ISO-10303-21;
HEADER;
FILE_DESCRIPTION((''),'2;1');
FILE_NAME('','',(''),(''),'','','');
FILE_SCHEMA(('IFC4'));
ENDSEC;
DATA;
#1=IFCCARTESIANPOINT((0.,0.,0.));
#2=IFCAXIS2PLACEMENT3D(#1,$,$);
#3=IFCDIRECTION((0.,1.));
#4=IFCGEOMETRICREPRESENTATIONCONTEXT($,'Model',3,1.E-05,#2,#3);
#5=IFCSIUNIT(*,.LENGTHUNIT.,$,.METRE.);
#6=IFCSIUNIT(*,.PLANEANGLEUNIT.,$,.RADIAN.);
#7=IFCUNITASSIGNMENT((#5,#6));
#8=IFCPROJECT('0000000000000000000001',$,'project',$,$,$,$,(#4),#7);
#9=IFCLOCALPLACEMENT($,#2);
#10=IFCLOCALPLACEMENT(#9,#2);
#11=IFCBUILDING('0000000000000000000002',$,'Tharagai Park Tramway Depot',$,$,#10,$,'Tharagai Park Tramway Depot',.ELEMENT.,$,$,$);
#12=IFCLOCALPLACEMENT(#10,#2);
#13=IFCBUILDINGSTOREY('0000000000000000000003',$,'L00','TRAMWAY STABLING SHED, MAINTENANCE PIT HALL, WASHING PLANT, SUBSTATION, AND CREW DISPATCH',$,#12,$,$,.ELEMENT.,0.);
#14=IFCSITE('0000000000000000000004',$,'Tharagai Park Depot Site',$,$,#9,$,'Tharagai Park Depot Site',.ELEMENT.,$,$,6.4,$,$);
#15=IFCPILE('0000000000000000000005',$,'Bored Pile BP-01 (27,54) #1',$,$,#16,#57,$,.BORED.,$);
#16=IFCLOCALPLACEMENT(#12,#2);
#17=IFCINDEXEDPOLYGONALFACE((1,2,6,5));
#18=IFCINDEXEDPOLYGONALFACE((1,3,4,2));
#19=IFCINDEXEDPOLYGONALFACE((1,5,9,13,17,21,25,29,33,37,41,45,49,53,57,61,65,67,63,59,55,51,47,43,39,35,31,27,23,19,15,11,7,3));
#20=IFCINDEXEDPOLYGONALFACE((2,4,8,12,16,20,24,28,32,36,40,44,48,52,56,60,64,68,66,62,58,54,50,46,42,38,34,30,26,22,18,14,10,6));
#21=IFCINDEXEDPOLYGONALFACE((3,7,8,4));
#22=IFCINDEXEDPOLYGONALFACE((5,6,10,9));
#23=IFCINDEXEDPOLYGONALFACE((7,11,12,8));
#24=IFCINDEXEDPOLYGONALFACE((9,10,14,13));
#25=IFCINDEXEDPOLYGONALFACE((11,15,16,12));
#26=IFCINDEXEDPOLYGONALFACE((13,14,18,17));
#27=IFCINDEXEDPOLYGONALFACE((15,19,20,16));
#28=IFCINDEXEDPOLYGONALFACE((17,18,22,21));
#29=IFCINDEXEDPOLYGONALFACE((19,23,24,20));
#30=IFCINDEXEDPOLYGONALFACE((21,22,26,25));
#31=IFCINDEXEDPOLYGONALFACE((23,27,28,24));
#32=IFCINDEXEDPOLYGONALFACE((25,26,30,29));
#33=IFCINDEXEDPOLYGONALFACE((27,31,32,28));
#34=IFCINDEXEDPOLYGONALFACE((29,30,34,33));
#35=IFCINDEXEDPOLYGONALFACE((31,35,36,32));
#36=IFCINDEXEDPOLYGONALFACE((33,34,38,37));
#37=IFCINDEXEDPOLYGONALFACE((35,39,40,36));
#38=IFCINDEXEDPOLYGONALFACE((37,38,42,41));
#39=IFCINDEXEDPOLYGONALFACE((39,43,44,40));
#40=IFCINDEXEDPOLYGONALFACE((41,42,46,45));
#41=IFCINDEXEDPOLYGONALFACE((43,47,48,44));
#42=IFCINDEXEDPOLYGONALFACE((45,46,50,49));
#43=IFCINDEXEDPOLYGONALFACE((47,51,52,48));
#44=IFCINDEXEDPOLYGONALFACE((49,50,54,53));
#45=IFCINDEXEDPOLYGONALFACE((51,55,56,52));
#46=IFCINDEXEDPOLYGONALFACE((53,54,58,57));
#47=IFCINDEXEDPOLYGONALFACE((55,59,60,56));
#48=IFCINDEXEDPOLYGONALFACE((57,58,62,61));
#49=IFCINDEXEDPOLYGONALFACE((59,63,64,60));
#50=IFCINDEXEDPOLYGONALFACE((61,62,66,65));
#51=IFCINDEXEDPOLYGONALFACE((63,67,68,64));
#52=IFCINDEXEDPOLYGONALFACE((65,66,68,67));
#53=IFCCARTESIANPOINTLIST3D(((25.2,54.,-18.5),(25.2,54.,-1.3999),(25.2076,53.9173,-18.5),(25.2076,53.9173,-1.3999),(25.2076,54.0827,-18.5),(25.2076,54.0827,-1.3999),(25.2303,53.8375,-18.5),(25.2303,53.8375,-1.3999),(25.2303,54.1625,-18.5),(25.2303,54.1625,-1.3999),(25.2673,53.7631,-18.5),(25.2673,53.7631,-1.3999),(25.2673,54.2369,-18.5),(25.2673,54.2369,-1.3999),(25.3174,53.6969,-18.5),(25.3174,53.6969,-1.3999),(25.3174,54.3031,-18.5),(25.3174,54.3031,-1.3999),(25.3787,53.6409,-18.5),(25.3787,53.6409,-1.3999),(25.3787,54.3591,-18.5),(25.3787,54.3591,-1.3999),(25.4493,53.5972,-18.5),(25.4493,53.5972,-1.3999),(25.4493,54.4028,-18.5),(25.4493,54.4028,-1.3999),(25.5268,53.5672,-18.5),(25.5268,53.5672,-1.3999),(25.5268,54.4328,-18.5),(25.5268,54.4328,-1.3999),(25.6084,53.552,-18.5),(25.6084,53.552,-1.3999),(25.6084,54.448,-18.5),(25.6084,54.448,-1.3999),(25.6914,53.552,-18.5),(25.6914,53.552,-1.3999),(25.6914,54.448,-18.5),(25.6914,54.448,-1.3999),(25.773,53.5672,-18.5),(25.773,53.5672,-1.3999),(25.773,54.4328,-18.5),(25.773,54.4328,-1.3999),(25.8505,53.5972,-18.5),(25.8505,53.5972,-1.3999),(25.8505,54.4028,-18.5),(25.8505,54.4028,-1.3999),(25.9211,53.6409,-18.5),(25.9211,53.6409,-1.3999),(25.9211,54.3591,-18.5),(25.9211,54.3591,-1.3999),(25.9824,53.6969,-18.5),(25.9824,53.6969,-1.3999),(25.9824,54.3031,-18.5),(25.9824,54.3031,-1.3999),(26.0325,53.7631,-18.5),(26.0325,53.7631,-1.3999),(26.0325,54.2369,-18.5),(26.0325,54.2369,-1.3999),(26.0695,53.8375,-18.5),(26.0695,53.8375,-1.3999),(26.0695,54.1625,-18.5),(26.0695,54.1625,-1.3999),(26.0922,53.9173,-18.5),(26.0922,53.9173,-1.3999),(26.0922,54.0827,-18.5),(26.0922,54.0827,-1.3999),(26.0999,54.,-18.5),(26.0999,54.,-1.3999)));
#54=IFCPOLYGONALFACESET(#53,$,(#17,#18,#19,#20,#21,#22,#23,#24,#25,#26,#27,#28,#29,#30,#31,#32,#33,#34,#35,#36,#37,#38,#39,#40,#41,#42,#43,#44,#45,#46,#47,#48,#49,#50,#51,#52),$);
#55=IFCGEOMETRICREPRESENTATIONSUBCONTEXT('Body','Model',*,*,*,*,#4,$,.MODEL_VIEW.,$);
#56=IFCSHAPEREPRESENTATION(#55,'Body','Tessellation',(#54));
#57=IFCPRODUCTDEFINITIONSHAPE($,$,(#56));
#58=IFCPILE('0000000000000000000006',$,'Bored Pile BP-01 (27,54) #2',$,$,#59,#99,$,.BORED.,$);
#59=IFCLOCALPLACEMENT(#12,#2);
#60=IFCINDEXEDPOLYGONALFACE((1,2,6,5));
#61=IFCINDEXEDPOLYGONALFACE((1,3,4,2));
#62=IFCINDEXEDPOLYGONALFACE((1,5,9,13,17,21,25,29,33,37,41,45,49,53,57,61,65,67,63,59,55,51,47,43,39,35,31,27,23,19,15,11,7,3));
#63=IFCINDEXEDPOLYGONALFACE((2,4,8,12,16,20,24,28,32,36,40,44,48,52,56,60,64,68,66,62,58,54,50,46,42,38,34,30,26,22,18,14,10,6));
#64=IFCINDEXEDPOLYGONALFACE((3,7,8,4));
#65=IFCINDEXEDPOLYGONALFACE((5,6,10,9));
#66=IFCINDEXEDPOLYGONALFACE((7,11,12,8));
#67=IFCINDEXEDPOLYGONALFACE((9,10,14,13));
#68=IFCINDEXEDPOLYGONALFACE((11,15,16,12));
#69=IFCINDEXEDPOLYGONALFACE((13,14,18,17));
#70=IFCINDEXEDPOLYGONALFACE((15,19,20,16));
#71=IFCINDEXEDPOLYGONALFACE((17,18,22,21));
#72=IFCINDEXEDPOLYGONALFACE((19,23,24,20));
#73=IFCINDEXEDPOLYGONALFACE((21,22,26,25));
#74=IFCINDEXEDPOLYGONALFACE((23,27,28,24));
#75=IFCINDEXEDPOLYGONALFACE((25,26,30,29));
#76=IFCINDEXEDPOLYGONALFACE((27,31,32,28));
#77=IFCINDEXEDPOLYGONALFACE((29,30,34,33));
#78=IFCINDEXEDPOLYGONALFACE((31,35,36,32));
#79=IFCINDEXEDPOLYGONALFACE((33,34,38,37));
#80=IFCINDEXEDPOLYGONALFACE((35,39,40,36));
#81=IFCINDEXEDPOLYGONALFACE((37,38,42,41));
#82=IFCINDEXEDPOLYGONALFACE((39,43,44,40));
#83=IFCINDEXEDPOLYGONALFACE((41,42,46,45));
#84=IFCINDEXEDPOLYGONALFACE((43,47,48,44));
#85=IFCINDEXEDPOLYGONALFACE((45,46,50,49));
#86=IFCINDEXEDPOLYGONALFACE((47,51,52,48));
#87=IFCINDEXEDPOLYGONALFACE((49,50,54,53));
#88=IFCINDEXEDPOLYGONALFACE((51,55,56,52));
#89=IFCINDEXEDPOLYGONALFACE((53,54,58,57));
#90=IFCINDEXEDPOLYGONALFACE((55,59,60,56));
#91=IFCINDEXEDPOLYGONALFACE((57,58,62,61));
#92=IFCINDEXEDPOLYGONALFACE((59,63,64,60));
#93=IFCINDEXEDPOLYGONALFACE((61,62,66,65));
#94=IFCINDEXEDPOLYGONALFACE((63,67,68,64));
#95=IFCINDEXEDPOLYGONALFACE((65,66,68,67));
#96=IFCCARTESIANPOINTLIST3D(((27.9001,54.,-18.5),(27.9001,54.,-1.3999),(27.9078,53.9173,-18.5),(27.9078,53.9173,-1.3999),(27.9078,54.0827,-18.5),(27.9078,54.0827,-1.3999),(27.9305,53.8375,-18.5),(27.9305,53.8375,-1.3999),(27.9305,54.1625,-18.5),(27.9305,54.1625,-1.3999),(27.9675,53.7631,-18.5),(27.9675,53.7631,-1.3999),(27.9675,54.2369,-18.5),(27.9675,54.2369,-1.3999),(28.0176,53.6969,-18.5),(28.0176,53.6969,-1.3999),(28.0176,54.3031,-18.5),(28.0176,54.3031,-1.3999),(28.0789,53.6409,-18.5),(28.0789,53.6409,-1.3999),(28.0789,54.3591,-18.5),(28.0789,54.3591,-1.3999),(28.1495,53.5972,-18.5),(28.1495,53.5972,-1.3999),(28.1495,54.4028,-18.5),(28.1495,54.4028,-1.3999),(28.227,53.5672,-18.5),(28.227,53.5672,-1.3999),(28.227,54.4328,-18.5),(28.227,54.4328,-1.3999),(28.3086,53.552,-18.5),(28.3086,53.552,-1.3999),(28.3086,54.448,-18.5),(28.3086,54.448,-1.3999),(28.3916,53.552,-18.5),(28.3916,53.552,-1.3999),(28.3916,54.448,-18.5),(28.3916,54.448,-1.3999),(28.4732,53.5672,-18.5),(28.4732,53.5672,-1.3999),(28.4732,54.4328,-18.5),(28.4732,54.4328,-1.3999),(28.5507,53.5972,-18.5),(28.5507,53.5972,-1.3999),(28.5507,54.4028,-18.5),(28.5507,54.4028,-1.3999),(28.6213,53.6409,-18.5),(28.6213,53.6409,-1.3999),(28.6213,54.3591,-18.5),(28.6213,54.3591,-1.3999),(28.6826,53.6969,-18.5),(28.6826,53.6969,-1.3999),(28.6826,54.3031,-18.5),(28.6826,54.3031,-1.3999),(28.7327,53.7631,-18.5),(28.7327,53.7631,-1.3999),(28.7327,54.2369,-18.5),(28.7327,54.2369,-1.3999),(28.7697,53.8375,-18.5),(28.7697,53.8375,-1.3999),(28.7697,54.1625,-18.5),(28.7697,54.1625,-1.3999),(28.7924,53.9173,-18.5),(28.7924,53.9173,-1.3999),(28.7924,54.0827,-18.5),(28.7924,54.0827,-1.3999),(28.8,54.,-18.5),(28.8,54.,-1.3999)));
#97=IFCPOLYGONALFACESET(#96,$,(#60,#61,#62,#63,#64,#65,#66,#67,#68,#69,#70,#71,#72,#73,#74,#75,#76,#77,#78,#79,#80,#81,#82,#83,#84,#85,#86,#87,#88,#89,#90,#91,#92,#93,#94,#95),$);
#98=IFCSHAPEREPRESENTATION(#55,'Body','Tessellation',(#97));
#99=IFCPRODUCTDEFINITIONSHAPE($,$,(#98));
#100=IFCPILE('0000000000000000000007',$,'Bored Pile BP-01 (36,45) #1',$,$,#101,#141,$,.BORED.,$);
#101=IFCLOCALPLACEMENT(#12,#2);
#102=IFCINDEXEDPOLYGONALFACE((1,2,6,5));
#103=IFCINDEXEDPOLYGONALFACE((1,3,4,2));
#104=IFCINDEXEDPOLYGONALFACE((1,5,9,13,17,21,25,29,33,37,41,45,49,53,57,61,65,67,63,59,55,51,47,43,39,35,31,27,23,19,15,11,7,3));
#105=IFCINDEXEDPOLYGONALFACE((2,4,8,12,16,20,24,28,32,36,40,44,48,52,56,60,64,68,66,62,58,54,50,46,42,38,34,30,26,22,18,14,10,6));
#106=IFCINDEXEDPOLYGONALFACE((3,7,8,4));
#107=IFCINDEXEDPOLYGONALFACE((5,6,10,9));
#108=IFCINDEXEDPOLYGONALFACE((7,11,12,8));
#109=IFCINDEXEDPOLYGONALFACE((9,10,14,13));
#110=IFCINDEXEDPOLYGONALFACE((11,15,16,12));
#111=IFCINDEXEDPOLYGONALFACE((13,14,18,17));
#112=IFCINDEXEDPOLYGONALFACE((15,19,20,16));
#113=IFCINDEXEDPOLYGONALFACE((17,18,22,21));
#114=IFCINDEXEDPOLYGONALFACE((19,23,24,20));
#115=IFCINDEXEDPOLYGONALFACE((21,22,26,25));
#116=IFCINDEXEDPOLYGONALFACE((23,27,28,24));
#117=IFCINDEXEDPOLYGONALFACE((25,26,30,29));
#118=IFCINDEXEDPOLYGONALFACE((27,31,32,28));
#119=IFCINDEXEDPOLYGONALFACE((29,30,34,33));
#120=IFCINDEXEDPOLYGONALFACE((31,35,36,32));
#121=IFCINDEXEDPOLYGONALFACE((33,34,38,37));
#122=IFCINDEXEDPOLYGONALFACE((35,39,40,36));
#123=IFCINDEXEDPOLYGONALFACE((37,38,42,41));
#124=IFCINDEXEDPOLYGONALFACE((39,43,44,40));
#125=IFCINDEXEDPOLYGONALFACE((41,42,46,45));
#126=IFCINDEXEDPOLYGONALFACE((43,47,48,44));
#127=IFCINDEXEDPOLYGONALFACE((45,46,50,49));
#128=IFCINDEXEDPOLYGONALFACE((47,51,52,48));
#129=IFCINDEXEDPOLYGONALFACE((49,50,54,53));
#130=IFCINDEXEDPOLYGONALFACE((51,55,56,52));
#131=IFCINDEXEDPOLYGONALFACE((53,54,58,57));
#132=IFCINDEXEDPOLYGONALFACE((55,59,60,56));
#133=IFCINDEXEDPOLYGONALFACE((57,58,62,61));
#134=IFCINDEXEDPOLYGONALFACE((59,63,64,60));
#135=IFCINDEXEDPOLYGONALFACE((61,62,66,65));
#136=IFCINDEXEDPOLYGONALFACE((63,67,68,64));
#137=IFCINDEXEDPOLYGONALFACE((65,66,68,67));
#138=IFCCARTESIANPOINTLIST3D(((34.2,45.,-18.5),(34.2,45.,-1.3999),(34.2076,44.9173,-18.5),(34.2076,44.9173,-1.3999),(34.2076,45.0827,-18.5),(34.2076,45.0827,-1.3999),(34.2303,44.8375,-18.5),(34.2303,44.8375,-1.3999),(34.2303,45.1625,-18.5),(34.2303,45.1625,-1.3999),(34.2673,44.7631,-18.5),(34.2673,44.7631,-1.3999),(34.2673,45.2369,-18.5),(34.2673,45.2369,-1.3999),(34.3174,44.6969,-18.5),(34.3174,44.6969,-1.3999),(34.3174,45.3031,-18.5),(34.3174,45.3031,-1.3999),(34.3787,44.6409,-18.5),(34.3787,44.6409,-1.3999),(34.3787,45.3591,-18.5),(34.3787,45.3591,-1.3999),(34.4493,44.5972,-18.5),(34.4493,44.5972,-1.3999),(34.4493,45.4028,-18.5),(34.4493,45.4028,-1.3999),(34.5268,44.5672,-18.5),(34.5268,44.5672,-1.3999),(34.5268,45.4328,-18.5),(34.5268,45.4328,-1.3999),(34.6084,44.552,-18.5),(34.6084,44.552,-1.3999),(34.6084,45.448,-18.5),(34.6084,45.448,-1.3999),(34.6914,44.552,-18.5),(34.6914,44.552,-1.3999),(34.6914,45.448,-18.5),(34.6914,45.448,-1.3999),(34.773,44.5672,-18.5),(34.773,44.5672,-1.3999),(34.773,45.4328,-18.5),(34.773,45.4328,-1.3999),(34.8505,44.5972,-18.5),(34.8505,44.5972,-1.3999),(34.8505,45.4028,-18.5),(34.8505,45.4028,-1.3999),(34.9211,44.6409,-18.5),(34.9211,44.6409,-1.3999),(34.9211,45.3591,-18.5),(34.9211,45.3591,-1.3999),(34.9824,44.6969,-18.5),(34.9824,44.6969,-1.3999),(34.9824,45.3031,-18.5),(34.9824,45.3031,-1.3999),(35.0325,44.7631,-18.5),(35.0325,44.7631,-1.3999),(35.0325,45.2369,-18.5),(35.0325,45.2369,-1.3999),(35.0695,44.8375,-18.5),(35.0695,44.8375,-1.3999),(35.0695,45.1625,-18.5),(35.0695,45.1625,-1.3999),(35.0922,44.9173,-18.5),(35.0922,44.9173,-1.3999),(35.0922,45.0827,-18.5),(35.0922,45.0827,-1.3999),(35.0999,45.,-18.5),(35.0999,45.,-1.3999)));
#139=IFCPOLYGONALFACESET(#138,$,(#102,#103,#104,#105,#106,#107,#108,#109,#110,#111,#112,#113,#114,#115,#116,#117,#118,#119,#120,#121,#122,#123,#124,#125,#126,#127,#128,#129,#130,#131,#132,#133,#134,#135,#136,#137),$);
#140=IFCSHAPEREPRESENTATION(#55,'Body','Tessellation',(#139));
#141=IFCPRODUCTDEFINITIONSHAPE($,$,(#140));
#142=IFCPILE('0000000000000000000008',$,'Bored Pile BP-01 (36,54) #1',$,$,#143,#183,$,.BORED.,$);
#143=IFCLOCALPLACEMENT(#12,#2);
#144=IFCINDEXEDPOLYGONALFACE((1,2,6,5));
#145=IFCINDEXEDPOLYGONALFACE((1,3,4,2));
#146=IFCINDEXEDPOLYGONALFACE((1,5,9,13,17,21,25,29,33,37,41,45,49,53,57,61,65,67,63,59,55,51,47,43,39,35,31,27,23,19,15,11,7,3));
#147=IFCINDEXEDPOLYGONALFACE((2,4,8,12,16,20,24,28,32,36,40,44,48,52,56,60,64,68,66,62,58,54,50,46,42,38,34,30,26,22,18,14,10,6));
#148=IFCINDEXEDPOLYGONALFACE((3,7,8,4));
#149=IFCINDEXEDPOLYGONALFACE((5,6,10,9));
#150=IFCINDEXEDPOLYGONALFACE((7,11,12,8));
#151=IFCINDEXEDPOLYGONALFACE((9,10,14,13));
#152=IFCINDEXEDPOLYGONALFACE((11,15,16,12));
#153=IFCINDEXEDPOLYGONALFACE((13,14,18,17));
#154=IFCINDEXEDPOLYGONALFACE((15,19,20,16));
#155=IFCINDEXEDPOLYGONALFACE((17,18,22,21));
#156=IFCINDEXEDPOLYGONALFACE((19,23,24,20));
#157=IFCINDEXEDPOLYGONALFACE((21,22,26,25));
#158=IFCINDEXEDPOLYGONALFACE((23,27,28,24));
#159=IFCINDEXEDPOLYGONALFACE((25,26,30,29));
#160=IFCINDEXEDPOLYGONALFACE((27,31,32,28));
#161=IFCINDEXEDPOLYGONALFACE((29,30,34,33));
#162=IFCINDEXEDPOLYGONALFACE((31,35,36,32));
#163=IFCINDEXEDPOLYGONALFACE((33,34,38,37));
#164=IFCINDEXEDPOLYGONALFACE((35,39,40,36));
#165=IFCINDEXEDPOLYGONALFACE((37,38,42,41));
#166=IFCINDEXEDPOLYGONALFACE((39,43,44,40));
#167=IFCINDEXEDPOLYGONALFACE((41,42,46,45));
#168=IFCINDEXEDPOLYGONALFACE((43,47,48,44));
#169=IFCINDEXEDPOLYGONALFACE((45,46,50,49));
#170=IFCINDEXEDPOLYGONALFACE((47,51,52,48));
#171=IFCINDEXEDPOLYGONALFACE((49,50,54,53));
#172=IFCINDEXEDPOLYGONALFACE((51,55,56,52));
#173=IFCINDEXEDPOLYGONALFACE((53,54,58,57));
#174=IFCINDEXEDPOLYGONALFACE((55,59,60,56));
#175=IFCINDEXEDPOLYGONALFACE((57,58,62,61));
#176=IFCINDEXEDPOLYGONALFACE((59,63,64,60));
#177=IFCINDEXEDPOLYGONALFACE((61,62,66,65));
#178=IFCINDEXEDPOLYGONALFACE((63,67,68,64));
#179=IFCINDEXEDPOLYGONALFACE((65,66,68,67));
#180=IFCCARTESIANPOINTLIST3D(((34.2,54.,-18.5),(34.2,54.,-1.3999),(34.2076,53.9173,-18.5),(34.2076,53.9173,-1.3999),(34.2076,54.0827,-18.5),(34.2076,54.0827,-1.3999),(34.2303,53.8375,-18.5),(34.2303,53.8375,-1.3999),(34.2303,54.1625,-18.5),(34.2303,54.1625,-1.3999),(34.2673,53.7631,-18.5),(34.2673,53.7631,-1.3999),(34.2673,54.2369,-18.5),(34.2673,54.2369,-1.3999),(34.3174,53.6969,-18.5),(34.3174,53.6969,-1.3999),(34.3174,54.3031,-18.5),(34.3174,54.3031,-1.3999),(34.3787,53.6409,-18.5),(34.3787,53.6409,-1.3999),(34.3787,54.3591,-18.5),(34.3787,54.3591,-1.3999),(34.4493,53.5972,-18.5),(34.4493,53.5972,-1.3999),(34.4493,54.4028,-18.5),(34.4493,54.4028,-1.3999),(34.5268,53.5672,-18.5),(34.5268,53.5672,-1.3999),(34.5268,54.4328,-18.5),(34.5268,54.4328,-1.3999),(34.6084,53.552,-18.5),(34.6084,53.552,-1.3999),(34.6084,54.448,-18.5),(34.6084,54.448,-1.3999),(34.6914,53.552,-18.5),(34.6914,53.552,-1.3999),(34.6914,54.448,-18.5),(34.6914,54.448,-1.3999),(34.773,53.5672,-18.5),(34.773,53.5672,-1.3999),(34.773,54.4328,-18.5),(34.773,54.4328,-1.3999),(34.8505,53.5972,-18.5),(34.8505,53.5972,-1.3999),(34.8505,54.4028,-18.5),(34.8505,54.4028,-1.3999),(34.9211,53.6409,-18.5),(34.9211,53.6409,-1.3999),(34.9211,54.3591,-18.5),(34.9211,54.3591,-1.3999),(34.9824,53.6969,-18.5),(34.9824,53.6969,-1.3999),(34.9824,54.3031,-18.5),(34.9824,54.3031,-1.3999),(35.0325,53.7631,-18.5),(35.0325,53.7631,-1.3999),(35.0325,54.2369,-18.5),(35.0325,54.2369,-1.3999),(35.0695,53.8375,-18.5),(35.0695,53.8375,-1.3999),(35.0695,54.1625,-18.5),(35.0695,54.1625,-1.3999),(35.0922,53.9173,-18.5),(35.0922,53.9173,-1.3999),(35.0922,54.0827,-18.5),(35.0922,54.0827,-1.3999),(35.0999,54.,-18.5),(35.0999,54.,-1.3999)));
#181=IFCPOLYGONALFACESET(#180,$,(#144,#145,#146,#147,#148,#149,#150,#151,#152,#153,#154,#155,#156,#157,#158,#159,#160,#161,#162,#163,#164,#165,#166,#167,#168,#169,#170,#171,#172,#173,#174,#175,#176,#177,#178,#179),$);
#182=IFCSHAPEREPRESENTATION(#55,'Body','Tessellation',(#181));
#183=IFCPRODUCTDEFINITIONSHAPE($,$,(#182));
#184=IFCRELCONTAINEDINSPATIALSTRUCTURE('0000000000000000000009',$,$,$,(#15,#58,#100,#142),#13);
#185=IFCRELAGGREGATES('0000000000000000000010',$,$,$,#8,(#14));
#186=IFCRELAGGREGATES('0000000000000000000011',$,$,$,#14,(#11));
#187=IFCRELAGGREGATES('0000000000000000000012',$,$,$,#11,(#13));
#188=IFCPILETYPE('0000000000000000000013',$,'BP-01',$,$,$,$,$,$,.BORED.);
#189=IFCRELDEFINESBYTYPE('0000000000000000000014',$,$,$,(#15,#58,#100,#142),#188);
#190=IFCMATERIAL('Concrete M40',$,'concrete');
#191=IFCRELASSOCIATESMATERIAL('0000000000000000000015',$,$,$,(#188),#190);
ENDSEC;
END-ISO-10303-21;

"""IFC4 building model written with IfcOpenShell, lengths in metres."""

from ifc_helpers import new_model, si_unit, direction, frame, origin, origin_2d, place, context, subcontext, project, spatial, circle, extrude, material, material_profile, profile_set, type_object, element, save


model = new_model("IFC4")

# Units and contexts
model_context = context("Model", 3, precision=1e-05, world=origin(), true_north=direction((0.0, 1.0)))
body_context = subcontext(model_context, "Body", "Model", "MODEL_VIEW")
ifc_project = project(units=[si_unit("LENGTHUNIT", "METRE"), si_unit("PLANEANGLEUNIT", "RADIAN")], contexts=[model_context])

# Site, building, storey
site_placement = place(None, origin())
site = spatial("IfcSite", under=ifc_project, at=site_placement, Name="Tharagai Park Depot Site", LongName="Tharagai Park Depot Site", CompositionType="ELEMENT", RefElevation=6.4)
building_placement = place(site_placement, origin())
building = spatial("IfcBuilding", under=site, at=building_placement, Name="Tharagai Park Tramway Depot", LongName="Tharagai Park Tramway Depot", CompositionType="ELEMENT")
storey_placement = place(building_placement, origin())
storey = spatial("IfcBuildingStorey", under=building, at=storey_placement, Name="L00", Description="TRAMWAY STABLING SHED, MAINTENANCE PIT HALL, WASHING PLANT, SUBSTATION, AND CREW DISPATCH", CompositionType="ELEMENT", Elevation=0.0)

# Piles
ifc_material_1 = material(Name="Concrete M40", Category="concrete")
ifc_material_profile_1 = material_profile(ifc_material_1, circle(Radius=0.45, at=origin_2d()), Name="PILE D900")
ifc_profile_set_1 = profile_set([ifc_material_profile_1], Name="Concrete M40")
pile_type_1 = type_object("IfcPileType", Name="BP-01", PredefinedType="BORED", material=ifc_profile_set_1)
for number, where, z_axis, x_axis, name in (
    (1, (25.6499, 54.0, -1.3999), (0.0, 0.0, -1.0), (1.0, 0.0, 0.0), "Bored Pile BP-01 (27,54) #1"),
    (2, (28.3501, 54.0, -1.3999), (0.0, 0.0, -1.0), (1.0, 0.0, 0.0), "Bored Pile BP-01 (27,54) #2"),
    (3, (34.6499, 45.0, -1.3999), (0.0, 0.0, -1.0), (1.0, 0.0, 0.0), "Bored Pile BP-01 (36,45) #1"),
    (4, (34.6499, 54.0, -1.3999), (0.0, 0.0, -1.0), (1.0, 0.0, 0.0), "Bored Pile BP-01 (36,54) #1"),
):
    element("IfcPile", number, at=place(storey_placement, frame(where, z_axis=z_axis, x_axis=x_axis)), inside=storey, type_object=pile_type_1, Name=name, PredefinedType="BORED", context=body_context, shape_type="SweptSolid", body=[
        extrude(circle(Radius=0.45, at=origin_2d()), origin(), (0.0, 0.0, 1.0), 17.1001),
    ])

save(model, "model.ifc")
